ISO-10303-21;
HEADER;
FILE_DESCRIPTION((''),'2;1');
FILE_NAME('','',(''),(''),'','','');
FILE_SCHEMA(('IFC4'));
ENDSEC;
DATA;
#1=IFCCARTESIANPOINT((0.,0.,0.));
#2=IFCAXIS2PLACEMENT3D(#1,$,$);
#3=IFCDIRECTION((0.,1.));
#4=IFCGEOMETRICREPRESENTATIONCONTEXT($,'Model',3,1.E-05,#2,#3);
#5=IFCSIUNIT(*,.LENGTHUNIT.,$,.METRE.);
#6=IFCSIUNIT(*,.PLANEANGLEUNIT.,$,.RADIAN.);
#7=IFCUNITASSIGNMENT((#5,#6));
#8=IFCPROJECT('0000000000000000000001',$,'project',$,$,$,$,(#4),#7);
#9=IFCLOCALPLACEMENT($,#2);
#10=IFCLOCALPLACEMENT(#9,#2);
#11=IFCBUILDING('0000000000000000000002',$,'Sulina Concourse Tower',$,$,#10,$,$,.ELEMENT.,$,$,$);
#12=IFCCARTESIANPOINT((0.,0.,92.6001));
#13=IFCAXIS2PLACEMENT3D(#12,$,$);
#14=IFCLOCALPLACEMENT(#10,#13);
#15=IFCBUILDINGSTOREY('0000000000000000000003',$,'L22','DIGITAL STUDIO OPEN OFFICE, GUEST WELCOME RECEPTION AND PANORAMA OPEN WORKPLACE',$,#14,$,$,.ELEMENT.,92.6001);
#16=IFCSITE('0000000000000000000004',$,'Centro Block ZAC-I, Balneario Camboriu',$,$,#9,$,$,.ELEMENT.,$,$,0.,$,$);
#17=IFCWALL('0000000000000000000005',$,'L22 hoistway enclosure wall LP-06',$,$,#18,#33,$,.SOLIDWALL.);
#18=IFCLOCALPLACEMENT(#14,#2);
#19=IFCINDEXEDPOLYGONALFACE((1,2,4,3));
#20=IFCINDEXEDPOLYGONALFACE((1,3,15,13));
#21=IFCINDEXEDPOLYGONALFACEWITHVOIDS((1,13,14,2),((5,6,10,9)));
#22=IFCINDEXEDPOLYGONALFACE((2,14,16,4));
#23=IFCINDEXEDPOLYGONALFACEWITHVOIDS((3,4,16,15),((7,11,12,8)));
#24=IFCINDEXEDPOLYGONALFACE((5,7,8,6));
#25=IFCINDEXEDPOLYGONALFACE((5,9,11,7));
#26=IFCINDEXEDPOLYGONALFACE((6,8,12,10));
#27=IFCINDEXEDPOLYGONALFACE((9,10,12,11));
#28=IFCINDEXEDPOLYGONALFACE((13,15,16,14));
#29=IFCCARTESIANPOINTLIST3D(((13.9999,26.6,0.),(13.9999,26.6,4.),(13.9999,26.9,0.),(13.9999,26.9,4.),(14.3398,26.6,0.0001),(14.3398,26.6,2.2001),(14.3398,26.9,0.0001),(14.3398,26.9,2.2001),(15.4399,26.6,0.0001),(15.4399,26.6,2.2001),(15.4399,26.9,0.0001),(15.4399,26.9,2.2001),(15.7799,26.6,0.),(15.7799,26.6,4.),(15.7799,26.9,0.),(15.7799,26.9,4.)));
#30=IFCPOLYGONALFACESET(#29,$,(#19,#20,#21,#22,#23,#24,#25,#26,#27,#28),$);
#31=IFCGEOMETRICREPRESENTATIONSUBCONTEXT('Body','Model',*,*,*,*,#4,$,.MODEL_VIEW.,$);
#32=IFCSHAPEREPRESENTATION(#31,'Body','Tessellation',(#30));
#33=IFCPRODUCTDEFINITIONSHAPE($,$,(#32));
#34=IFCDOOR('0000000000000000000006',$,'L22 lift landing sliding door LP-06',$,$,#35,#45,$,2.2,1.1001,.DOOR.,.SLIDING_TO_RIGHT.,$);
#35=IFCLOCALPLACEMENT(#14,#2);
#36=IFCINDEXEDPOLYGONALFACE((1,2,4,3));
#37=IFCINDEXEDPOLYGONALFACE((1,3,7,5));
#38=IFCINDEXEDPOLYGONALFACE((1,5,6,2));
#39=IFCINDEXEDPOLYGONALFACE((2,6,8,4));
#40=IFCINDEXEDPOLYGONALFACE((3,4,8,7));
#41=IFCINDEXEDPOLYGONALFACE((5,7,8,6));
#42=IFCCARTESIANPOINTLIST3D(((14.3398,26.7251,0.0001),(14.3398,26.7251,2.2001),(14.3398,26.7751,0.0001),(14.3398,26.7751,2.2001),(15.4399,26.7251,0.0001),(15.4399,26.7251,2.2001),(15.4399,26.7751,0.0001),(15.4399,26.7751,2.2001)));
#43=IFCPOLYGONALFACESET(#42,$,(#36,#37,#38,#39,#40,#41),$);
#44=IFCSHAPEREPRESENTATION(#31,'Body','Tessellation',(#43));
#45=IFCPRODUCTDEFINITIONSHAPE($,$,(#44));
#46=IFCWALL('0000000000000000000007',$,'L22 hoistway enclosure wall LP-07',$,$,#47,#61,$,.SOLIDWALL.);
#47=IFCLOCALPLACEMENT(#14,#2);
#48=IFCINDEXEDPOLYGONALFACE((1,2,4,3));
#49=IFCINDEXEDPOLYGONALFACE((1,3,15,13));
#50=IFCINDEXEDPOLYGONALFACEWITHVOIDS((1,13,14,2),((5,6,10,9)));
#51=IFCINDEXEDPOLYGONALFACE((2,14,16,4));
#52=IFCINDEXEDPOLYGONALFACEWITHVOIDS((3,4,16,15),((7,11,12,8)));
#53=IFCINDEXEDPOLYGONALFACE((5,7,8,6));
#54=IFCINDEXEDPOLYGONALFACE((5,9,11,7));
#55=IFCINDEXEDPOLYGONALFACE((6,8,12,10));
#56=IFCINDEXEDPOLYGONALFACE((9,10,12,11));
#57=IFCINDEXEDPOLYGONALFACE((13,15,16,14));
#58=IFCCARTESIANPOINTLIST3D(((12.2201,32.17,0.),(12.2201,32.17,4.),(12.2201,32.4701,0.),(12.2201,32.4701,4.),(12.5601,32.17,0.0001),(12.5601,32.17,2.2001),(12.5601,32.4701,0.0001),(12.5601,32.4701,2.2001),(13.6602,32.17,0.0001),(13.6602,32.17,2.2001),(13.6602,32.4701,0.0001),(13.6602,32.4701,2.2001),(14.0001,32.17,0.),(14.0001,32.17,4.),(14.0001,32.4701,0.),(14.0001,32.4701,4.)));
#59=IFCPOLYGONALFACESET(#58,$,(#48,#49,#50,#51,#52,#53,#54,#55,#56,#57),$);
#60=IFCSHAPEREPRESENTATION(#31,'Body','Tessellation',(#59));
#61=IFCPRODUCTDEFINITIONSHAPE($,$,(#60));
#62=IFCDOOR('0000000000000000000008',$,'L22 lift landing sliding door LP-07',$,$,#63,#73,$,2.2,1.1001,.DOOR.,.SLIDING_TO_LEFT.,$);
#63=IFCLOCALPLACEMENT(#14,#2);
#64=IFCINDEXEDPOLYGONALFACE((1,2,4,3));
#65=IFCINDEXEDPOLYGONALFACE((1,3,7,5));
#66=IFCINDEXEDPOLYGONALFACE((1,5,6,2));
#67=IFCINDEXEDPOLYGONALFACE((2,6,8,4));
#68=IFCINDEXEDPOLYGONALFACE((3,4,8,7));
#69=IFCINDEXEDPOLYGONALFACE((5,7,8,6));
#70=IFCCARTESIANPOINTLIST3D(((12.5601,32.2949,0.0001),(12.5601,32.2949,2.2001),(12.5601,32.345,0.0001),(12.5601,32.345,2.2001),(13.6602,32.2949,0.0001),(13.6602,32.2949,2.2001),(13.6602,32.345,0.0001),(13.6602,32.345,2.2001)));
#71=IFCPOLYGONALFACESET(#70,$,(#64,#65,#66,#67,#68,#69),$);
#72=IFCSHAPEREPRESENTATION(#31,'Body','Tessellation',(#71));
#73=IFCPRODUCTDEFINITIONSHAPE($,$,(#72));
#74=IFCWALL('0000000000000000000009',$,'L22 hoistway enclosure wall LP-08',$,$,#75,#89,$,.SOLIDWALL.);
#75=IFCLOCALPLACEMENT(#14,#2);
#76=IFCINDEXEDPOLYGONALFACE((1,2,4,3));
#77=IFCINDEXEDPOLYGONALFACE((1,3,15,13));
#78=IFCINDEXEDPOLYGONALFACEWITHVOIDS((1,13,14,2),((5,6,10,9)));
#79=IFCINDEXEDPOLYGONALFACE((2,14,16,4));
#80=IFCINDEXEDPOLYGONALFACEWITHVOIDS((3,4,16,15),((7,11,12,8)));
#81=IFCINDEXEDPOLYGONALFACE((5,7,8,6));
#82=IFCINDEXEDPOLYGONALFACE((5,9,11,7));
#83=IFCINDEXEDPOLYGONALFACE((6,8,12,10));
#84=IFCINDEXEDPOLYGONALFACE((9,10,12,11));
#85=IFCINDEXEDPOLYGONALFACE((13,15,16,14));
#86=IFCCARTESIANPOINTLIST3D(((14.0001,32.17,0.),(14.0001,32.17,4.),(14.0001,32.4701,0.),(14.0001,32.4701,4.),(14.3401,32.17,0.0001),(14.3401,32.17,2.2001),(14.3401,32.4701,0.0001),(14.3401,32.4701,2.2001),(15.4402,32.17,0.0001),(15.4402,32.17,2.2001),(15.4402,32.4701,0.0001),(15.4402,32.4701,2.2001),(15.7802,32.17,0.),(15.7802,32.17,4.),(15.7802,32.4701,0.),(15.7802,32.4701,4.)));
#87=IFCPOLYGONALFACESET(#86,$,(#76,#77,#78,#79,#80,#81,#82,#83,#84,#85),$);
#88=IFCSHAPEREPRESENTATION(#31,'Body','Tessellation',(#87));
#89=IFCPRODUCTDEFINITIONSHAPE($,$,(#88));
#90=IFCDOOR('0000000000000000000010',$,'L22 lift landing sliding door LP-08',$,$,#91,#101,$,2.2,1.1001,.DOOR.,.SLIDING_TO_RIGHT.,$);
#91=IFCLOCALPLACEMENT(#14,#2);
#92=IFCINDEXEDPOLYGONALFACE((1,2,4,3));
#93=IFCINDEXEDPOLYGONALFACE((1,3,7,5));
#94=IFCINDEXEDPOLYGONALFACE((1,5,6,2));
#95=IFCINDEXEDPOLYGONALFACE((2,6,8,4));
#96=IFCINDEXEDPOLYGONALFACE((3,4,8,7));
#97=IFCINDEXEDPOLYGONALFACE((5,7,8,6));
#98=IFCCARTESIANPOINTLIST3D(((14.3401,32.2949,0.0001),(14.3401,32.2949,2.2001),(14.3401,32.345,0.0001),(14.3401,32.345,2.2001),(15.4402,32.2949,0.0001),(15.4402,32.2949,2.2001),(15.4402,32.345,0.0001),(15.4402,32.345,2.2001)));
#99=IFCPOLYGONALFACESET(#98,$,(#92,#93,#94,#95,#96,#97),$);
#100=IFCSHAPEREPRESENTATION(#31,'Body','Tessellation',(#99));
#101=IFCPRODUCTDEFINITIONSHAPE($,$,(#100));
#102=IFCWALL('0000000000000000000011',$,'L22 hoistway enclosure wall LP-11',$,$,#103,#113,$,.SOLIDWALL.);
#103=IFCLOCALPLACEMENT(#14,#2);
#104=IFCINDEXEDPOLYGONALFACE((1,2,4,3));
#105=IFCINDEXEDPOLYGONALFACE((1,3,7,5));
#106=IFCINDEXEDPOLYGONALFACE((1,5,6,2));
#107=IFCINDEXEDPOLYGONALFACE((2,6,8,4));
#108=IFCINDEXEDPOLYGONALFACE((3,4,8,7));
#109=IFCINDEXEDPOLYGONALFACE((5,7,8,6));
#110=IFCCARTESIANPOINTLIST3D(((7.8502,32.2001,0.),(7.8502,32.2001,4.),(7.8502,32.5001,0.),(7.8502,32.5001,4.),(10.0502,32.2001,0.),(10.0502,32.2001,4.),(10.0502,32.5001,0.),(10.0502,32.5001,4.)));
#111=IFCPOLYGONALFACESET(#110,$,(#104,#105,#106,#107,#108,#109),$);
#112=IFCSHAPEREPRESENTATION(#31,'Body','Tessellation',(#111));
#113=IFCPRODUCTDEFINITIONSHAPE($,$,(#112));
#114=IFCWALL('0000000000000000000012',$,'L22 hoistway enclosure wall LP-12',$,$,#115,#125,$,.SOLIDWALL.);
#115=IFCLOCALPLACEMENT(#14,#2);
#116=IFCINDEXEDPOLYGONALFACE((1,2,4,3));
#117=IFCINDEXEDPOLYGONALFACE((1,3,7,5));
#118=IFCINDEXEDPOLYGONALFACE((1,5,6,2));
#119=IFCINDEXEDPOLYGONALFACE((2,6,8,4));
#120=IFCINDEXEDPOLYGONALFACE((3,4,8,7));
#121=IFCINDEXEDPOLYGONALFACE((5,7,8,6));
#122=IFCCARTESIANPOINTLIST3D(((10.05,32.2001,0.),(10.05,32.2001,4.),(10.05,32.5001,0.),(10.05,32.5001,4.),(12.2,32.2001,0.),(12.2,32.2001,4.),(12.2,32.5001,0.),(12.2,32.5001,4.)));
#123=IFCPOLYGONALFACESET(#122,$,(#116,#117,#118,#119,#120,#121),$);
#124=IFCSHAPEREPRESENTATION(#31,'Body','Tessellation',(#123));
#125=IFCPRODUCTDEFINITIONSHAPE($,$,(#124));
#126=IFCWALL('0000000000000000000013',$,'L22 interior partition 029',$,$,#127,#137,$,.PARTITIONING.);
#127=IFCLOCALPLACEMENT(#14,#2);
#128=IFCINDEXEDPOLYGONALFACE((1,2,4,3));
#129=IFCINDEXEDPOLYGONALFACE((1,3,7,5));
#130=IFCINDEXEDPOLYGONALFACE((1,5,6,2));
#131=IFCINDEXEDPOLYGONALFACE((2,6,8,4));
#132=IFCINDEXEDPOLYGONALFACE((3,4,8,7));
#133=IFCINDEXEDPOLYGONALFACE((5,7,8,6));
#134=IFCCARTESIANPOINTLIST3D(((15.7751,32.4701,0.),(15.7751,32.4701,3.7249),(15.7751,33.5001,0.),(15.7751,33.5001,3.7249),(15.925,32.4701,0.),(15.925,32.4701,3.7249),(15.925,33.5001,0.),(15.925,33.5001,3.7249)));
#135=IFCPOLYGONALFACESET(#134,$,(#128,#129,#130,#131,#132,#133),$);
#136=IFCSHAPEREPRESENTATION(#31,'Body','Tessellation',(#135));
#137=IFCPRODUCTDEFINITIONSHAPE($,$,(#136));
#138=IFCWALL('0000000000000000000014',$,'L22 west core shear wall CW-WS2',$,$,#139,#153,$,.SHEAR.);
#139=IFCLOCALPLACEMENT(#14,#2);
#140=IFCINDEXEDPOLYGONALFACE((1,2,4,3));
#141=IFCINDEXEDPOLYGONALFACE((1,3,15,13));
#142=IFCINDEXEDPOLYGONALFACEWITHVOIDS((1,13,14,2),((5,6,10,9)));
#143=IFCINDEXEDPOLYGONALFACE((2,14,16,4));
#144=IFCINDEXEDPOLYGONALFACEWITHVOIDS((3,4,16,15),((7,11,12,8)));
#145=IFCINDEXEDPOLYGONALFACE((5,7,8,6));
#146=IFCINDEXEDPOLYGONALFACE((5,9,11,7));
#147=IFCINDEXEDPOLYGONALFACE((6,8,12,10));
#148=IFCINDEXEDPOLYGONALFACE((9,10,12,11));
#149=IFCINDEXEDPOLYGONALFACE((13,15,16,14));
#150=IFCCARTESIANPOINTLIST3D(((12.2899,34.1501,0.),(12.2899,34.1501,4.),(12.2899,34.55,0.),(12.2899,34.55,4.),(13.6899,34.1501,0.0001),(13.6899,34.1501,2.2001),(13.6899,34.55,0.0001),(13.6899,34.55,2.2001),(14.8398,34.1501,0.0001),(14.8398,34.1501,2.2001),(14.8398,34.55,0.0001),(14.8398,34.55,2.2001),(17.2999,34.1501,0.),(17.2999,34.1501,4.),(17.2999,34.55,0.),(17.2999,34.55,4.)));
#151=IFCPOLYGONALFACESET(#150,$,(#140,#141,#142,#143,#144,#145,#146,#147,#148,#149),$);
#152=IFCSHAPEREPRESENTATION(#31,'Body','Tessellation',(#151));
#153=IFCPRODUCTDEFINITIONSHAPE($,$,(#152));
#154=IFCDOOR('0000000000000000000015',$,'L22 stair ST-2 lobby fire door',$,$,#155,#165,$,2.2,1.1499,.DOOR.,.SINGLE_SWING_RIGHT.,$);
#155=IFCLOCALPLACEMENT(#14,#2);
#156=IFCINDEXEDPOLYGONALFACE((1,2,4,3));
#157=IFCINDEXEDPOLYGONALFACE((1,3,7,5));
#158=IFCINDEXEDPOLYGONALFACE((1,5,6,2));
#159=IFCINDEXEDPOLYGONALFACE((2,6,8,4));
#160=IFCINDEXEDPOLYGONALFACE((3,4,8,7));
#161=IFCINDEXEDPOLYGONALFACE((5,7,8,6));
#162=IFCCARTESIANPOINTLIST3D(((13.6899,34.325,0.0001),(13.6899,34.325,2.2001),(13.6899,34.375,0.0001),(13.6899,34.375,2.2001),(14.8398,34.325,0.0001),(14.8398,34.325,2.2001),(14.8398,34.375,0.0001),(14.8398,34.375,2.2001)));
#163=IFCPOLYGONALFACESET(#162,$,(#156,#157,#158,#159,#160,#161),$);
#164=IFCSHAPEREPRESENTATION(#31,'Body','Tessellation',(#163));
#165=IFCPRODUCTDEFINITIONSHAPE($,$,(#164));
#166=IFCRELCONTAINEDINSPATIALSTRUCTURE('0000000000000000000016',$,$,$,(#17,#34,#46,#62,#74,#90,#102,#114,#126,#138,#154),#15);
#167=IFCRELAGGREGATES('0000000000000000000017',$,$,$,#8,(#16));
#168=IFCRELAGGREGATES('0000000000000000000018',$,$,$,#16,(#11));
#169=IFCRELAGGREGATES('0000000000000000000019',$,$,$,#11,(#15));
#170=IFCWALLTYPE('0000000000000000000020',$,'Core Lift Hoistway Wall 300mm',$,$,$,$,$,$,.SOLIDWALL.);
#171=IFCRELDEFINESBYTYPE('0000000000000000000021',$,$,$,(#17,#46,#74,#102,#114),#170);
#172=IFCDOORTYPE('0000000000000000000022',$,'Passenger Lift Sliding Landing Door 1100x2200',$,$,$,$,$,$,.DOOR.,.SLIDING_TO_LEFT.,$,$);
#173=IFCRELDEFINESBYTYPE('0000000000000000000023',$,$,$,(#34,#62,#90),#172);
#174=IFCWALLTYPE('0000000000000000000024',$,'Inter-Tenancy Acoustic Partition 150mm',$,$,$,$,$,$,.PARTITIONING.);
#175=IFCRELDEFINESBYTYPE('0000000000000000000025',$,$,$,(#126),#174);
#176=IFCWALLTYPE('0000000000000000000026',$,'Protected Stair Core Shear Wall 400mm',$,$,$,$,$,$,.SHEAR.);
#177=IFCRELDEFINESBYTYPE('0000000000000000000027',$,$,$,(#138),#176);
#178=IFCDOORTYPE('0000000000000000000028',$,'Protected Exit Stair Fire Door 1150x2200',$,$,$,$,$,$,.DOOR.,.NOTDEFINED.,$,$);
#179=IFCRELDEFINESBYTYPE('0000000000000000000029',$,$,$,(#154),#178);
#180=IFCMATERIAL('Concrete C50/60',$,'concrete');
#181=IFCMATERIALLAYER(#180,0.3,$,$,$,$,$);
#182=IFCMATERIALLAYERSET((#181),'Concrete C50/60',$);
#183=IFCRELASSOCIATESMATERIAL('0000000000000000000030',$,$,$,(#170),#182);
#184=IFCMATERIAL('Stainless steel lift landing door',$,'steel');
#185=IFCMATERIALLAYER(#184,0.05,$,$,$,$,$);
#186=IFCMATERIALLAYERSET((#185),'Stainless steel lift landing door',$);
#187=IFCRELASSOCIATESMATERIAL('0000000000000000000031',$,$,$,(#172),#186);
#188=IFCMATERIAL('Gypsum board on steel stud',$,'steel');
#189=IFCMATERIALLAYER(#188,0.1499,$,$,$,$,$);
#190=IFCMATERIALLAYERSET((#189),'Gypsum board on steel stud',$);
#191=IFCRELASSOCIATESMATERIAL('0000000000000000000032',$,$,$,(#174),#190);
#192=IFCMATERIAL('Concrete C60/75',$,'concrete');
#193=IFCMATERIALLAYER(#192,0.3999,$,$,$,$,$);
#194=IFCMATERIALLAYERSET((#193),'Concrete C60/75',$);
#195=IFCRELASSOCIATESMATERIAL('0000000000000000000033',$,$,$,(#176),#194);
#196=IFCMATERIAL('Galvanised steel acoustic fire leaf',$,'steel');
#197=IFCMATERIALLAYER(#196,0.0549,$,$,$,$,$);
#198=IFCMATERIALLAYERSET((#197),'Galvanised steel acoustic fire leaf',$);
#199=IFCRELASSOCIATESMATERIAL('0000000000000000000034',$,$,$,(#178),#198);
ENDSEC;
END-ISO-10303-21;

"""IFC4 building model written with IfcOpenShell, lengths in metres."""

from ifc_helpers import new_model, si_unit, direction, frame, frame_2d, origin, place, context, subcontext, project, spatial, rectangle, extrude, material, layer, layer_set, type_object, element, fill, save


model = new_model("IFC4")

# Units and contexts
model_context = context("Model", 3, precision=1e-05, world=origin(), true_north=direction((0.0, 1.0)))
body_context = subcontext(model_context, "Body", "Model", "MODEL_VIEW")
ifc_project = project(units=[si_unit("LENGTHUNIT", "METRE"), si_unit("PLANEANGLEUNIT", "RADIAN")], contexts=[model_context])

# Site, building, storey
site_placement = place(None, origin())
site = spatial("IfcSite", under=ifc_project, at=site_placement, Name="Centro Block ZAC-I, Balneario Camboriu", CompositionType="ELEMENT", RefElevation=0.0)
building_placement = place(site_placement, origin())
building = spatial("IfcBuilding", under=site, at=building_placement, Name="Sulina Concourse Tower", CompositionType="ELEMENT")
storey_placement = place(building_placement, frame((0.0, 0.0, 92.6001)))
storey = spatial("IfcBuildingStorey", under=building, at=storey_placement, Name="L22", Description="DIGITAL STUDIO OPEN OFFICE, GUEST WELCOME RECEPTION AND PANORAMA OPEN WORKPLACE", CompositionType="ELEMENT", Elevation=92.6001)

# Walls, openings, doors
ifc_material_1 = material(Name="Concrete C50/60", Category="concrete")
ifc_layer_1 = layer(ifc_material_1, 0.3)
ifc_layer_set_1 = layer_set([ifc_layer_1], Name="Concrete C50/60")
wall_type_1 = type_object("IfcWallType", Name="Core Lift Hoistway Wall 300mm", PredefinedType="SOLIDWALL", material=ifc_layer_set_1)
ifc_material_2 = material(Name="Stainless steel lift landing door", Category="steel")
ifc_layer_2 = layer(ifc_material_2, 0.05)
ifc_layer_set_2 = layer_set([ifc_layer_2], Name="Stainless steel lift landing door")
door_type_1 = type_object("IfcDoorType", Name="Passenger Lift Sliding Landing Door 1100x2200", OperationType="SLIDING_TO_LEFT", PredefinedType="DOOR", material=ifc_layer_set_2)
wall_1_placement = place(storey_placement, frame((15.78, 26.75, 0.0), z_axis=(0.0, 0.0, 1.0), x_axis=(-1.0, 0.0, 0.0)))
wall_1 = element("IfcWall", 1, at=wall_1_placement, inside=storey, type_object=wall_type_1, Name="L22 hoistway enclosure wall LP-06", PredefinedType="SOLIDWALL", context=body_context, shape_type="SweptSolid", body=[
    extrude(rectangle(XDim=1.78, YDim=0.3, at=frame_2d((0.8901, 0.0))), origin(), (0.0, 0.0, 1.0), 4.0),
])
opening_1_placement = place(wall_1_placement, frame((0.3401, 0.0, 0.0)))
opening_1 = element("IfcOpeningElement", 2, at=opening_1_placement, cuts=wall_1, PredefinedType="OPENING", context=body_context, shape_type="SweptSolid", body=[
    extrude(rectangle(XDim=1.1001, YDim=2.2, at=frame_2d((0.55, 1.1001))), frame((0.0, 0.1599, 0.0), z_axis=(0.0, -1.0, 0.0), x_axis=(1.0, 0.0, 0.0)), (0.0, 0.0, 1.0), 0.3201),
])
door_1_placement = place(opening_1_placement, origin())
door_1 = element("IfcDoor", 3, at=door_1_placement, inside=storey, type_object=door_type_1, Name="L22 lift landing sliding door LP-06", OperationType="SLIDING_TO_RIGHT", OverallHeight=2.2, OverallWidth=1.1001, PredefinedType="DOOR", context=body_context, shape_type="SweptSolid", body=[
    extrude(rectangle(XDim=1.1001, YDim=2.2, at=frame_2d((0.55, 1.1001))), frame((0.0, 0.0249, 0.0), z_axis=(0.0, -1.0, 0.0), x_axis=(1.0, 0.0, 0.0)), (0.0, 0.0, 1.0), 0.05),
])
fill(opening_1, door_1)
wall_2_placement = place(storey_placement, frame((12.22, 32.3201, 0.0), z_axis=(0.0, 0.0, 1.0), x_axis=(1.0, 0.0, 0.0)))
wall_2 = element("IfcWall", 4, at=wall_2_placement, inside=storey, type_object=wall_type_1, Name="L22 hoistway enclosure wall LP-07", PredefinedType="SOLIDWALL", context=body_context, shape_type="SweptSolid", body=[
    extrude(rectangle(XDim=1.78, YDim=0.3, at=frame_2d((0.8901, 0.0))), origin(), (0.0, 0.0, 1.0), 4.0),
])
opening_2_placement = place(wall_2_placement, frame((0.3401, 0.0, 0.0)))
opening_2 = element("IfcOpeningElement", 5, at=opening_2_placement, cuts=wall_2, PredefinedType="OPENING", context=body_context, shape_type="SweptSolid", body=[
    extrude(rectangle(XDim=1.1001, YDim=2.2, at=frame_2d((0.55, 1.1001))), frame((0.0, 0.1599, 0.0), z_axis=(0.0, -1.0, 0.0), x_axis=(1.0, 0.0, 0.0)), (0.0, 0.0, 1.0), 0.3201),
])
door_2_placement = place(opening_2_placement, origin())
door_2 = element("IfcDoor", 6, at=door_2_placement, inside=storey, type_object=door_type_1, Name="L22 lift landing sliding door LP-07", OperationType="SLIDING_TO_LEFT", OverallHeight=2.2, OverallWidth=1.1001, PredefinedType="DOOR", context=body_context, shape_type="SweptSolid", body=[
    extrude(rectangle(XDim=1.1001, YDim=2.2, at=frame_2d((0.55, 1.1001))), frame((0.0, 0.0249, 0.0), z_axis=(0.0, -1.0, 0.0), x_axis=(1.0, 0.0, 0.0)), (0.0, 0.0, 1.0), 0.05),
])
fill(opening_2, door_2)
wall_3_placement = place(storey_placement, frame((14.0, 32.3201, 0.0), z_axis=(0.0, 0.0, 1.0), x_axis=(1.0, 0.0, 0.0)))
wall_3 = element("IfcWall", 7, at=wall_3_placement, inside=storey, type_object=wall_type_1, Name="L22 hoistway enclosure wall LP-08", PredefinedType="SOLIDWALL", context=body_context, shape_type="SweptSolid", body=[
    extrude(rectangle(XDim=1.78, YDim=0.3, at=frame_2d((0.8901, 0.0))), origin(), (0.0, 0.0, 1.0), 4.0),
])
opening_3_placement = place(wall_3_placement, frame((0.3401, 0.0, 0.0)))
opening_3 = element("IfcOpeningElement", 8, at=opening_3_placement, cuts=wall_3, PredefinedType="OPENING", context=body_context, shape_type="SweptSolid", body=[
    extrude(rectangle(XDim=1.1001, YDim=2.2, at=frame_2d((0.55, 1.1001))), frame((0.0, 0.1599, 0.0), z_axis=(0.0, -1.0, 0.0), x_axis=(1.0, 0.0, 0.0)), (0.0, 0.0, 1.0), 0.3201),
])
door_3_placement = place(opening_3_placement, origin())
door_3 = element("IfcDoor", 9, at=door_3_placement, inside=storey, type_object=door_type_1, Name="L22 lift landing sliding door LP-08", OperationType="SLIDING_TO_RIGHT", OverallHeight=2.2, OverallWidth=1.1001, PredefinedType="DOOR", context=body_context, shape_type="SweptSolid", body=[
    extrude(rectangle(XDim=1.1001, YDim=2.2, at=frame_2d((0.55, 1.1001))), frame((0.0, 0.0249, 0.0), z_axis=(0.0, -1.0, 0.0), x_axis=(1.0, 0.0, 0.0)), (0.0, 0.0, 1.0), 0.05),
])
fill(opening_3, door_3)

# Walls
wall_4_placement = place(storey_placement, frame((7.8501, 32.3501, 0.0), z_axis=(0.0, 0.0, 1.0), x_axis=(1.0, 0.0, 0.0)))
element("IfcWall", 10, at=wall_4_placement, inside=storey, type_object=wall_type_1, Name="L22 hoistway enclosure wall LP-11", PredefinedType="SOLIDWALL", context=body_context, shape_type="SweptSolid", body=[
    extrude(rectangle(XDim=2.2, YDim=0.3, at=frame_2d((1.1001, 0.0))), origin(), (0.0, 0.0, 1.0), 4.0),
])
wall_5_placement = place(storey_placement, frame((10.05, 32.3501, 0.0), z_axis=(0.0, 0.0, 1.0), x_axis=(1.0, 0.0, 0.0)))
element("IfcWall", 11, at=wall_5_placement, inside=storey, type_object=wall_type_1, Name="L22 hoistway enclosure wall LP-12", PredefinedType="SOLIDWALL", context=body_context, shape_type="SweptSolid", body=[
    extrude(rectangle(XDim=2.1499, YDim=0.3, at=frame_2d((1.075, 0.0))), origin(), (0.0, 0.0, 1.0), 4.0),
])
ifc_material_3 = material(Name="Gypsum board on steel stud", Category="steel")
ifc_layer_3 = layer(ifc_material_3, 0.1499)
ifc_layer_set_3 = layer_set([ifc_layer_3], Name="Gypsum board on steel stud")
wall_type_2 = type_object("IfcWallType", Name="Inter-Tenancy Acoustic Partition 150mm", PredefinedType="PARTITIONING", material=ifc_layer_set_3)
wall_6_placement = place(storey_placement, frame((15.8501, 32.47, 0.0), z_axis=(0.0, 0.0, 1.0), x_axis=(0.0, 1.0, 0.0)))
element("IfcWall", 12, at=wall_6_placement, inside=storey, type_object=wall_type_2, Name="L22 interior partition 029", PredefinedType="PARTITIONING", context=body_context, shape_type="SweptSolid", body=[
    extrude(rectangle(XDim=1.03, YDim=0.1499, at=frame_2d((0.5151, 0.0))), origin(), (0.0, 0.0, 1.0), 3.7249),
])

# Wall, opening, door
ifc_material_4 = material(Name="Concrete C60/75", Category="concrete")
ifc_layer_4 = layer(ifc_material_4, 0.3999)
ifc_layer_set_4 = layer_set([ifc_layer_4], Name="Concrete C60/75")
wall_type_3 = type_object("IfcWallType", Name="Protected Stair Core Shear Wall 400mm", PredefinedType="SHEAR", material=ifc_layer_set_4)
wall_7_placement = place(storey_placement, frame((12.29, 34.3501, 0.0), z_axis=(0.0, 0.0, 1.0), x_axis=(1.0, 0.0, 0.0)))
wall_7 = element("IfcWall", 13, at=wall_7_placement, inside=storey, type_object=wall_type_3, Name="L22 west core shear wall CW-WS2", PredefinedType="SHEAR", context=body_context, shape_type="SweptSolid", body=[
    extrude(rectangle(XDim=5.01, YDim=0.3999, at=frame_2d((2.5049, 0.0))), origin(), (0.0, 0.0, 1.0), 4.0),
])
opening_4_placement = place(wall_7_placement, frame((1.3999, 0.0, 0.0)))
opening_4 = element("IfcOpeningElement", 14, at=opening_4_placement, cuts=wall_7, PredefinedType="OPENING", context=body_context, shape_type="SweptSolid", body=[
    extrude(rectangle(XDim=1.1499, YDim=2.2, at=frame_2d((0.575, 1.1001))), frame((0.0, 0.21, 0.0), z_axis=(0.0, -1.0, 0.0), x_axis=(1.0, 0.0, 0.0)), (0.0, 0.0, 1.0), 0.4199),
])
ifc_material_5 = material(Name="Galvanised steel acoustic fire leaf", Category="steel")
ifc_layer_5 = layer(ifc_material_5, 0.0549)
ifc_layer_set_5 = layer_set([ifc_layer_5], Name="Galvanised steel acoustic fire leaf")
door_type_2 = type_object("IfcDoorType", Name="Protected Exit Stair Fire Door 1150x2200", OperationType="NOTDEFINED", PredefinedType="DOOR", material=ifc_layer_set_5)
door_4_placement = place(opening_4_placement, origin())
door_4 = element("IfcDoor", 15, at=door_4_placement, inside=storey, type_object=door_type_2, Name="L22 stair ST-2 lobby fire door", OperationType="SINGLE_SWING_RIGHT", OverallHeight=2.2, OverallWidth=1.1499, PredefinedType="DOOR", context=body_context, shape_type="SweptSolid", body=[
    extrude(rectangle(XDim=1.1499, YDim=2.2, at=frame_2d((0.575, 1.1001))), frame((0.0, 0.0249, 0.0), z_axis=(0.0, -1.0, 0.0), x_axis=(1.0, 0.0, 0.0)), (0.0, 0.0, 1.0), 0.05),
])
fill(opening_4, door_4)

save(model, "model.ifc")
